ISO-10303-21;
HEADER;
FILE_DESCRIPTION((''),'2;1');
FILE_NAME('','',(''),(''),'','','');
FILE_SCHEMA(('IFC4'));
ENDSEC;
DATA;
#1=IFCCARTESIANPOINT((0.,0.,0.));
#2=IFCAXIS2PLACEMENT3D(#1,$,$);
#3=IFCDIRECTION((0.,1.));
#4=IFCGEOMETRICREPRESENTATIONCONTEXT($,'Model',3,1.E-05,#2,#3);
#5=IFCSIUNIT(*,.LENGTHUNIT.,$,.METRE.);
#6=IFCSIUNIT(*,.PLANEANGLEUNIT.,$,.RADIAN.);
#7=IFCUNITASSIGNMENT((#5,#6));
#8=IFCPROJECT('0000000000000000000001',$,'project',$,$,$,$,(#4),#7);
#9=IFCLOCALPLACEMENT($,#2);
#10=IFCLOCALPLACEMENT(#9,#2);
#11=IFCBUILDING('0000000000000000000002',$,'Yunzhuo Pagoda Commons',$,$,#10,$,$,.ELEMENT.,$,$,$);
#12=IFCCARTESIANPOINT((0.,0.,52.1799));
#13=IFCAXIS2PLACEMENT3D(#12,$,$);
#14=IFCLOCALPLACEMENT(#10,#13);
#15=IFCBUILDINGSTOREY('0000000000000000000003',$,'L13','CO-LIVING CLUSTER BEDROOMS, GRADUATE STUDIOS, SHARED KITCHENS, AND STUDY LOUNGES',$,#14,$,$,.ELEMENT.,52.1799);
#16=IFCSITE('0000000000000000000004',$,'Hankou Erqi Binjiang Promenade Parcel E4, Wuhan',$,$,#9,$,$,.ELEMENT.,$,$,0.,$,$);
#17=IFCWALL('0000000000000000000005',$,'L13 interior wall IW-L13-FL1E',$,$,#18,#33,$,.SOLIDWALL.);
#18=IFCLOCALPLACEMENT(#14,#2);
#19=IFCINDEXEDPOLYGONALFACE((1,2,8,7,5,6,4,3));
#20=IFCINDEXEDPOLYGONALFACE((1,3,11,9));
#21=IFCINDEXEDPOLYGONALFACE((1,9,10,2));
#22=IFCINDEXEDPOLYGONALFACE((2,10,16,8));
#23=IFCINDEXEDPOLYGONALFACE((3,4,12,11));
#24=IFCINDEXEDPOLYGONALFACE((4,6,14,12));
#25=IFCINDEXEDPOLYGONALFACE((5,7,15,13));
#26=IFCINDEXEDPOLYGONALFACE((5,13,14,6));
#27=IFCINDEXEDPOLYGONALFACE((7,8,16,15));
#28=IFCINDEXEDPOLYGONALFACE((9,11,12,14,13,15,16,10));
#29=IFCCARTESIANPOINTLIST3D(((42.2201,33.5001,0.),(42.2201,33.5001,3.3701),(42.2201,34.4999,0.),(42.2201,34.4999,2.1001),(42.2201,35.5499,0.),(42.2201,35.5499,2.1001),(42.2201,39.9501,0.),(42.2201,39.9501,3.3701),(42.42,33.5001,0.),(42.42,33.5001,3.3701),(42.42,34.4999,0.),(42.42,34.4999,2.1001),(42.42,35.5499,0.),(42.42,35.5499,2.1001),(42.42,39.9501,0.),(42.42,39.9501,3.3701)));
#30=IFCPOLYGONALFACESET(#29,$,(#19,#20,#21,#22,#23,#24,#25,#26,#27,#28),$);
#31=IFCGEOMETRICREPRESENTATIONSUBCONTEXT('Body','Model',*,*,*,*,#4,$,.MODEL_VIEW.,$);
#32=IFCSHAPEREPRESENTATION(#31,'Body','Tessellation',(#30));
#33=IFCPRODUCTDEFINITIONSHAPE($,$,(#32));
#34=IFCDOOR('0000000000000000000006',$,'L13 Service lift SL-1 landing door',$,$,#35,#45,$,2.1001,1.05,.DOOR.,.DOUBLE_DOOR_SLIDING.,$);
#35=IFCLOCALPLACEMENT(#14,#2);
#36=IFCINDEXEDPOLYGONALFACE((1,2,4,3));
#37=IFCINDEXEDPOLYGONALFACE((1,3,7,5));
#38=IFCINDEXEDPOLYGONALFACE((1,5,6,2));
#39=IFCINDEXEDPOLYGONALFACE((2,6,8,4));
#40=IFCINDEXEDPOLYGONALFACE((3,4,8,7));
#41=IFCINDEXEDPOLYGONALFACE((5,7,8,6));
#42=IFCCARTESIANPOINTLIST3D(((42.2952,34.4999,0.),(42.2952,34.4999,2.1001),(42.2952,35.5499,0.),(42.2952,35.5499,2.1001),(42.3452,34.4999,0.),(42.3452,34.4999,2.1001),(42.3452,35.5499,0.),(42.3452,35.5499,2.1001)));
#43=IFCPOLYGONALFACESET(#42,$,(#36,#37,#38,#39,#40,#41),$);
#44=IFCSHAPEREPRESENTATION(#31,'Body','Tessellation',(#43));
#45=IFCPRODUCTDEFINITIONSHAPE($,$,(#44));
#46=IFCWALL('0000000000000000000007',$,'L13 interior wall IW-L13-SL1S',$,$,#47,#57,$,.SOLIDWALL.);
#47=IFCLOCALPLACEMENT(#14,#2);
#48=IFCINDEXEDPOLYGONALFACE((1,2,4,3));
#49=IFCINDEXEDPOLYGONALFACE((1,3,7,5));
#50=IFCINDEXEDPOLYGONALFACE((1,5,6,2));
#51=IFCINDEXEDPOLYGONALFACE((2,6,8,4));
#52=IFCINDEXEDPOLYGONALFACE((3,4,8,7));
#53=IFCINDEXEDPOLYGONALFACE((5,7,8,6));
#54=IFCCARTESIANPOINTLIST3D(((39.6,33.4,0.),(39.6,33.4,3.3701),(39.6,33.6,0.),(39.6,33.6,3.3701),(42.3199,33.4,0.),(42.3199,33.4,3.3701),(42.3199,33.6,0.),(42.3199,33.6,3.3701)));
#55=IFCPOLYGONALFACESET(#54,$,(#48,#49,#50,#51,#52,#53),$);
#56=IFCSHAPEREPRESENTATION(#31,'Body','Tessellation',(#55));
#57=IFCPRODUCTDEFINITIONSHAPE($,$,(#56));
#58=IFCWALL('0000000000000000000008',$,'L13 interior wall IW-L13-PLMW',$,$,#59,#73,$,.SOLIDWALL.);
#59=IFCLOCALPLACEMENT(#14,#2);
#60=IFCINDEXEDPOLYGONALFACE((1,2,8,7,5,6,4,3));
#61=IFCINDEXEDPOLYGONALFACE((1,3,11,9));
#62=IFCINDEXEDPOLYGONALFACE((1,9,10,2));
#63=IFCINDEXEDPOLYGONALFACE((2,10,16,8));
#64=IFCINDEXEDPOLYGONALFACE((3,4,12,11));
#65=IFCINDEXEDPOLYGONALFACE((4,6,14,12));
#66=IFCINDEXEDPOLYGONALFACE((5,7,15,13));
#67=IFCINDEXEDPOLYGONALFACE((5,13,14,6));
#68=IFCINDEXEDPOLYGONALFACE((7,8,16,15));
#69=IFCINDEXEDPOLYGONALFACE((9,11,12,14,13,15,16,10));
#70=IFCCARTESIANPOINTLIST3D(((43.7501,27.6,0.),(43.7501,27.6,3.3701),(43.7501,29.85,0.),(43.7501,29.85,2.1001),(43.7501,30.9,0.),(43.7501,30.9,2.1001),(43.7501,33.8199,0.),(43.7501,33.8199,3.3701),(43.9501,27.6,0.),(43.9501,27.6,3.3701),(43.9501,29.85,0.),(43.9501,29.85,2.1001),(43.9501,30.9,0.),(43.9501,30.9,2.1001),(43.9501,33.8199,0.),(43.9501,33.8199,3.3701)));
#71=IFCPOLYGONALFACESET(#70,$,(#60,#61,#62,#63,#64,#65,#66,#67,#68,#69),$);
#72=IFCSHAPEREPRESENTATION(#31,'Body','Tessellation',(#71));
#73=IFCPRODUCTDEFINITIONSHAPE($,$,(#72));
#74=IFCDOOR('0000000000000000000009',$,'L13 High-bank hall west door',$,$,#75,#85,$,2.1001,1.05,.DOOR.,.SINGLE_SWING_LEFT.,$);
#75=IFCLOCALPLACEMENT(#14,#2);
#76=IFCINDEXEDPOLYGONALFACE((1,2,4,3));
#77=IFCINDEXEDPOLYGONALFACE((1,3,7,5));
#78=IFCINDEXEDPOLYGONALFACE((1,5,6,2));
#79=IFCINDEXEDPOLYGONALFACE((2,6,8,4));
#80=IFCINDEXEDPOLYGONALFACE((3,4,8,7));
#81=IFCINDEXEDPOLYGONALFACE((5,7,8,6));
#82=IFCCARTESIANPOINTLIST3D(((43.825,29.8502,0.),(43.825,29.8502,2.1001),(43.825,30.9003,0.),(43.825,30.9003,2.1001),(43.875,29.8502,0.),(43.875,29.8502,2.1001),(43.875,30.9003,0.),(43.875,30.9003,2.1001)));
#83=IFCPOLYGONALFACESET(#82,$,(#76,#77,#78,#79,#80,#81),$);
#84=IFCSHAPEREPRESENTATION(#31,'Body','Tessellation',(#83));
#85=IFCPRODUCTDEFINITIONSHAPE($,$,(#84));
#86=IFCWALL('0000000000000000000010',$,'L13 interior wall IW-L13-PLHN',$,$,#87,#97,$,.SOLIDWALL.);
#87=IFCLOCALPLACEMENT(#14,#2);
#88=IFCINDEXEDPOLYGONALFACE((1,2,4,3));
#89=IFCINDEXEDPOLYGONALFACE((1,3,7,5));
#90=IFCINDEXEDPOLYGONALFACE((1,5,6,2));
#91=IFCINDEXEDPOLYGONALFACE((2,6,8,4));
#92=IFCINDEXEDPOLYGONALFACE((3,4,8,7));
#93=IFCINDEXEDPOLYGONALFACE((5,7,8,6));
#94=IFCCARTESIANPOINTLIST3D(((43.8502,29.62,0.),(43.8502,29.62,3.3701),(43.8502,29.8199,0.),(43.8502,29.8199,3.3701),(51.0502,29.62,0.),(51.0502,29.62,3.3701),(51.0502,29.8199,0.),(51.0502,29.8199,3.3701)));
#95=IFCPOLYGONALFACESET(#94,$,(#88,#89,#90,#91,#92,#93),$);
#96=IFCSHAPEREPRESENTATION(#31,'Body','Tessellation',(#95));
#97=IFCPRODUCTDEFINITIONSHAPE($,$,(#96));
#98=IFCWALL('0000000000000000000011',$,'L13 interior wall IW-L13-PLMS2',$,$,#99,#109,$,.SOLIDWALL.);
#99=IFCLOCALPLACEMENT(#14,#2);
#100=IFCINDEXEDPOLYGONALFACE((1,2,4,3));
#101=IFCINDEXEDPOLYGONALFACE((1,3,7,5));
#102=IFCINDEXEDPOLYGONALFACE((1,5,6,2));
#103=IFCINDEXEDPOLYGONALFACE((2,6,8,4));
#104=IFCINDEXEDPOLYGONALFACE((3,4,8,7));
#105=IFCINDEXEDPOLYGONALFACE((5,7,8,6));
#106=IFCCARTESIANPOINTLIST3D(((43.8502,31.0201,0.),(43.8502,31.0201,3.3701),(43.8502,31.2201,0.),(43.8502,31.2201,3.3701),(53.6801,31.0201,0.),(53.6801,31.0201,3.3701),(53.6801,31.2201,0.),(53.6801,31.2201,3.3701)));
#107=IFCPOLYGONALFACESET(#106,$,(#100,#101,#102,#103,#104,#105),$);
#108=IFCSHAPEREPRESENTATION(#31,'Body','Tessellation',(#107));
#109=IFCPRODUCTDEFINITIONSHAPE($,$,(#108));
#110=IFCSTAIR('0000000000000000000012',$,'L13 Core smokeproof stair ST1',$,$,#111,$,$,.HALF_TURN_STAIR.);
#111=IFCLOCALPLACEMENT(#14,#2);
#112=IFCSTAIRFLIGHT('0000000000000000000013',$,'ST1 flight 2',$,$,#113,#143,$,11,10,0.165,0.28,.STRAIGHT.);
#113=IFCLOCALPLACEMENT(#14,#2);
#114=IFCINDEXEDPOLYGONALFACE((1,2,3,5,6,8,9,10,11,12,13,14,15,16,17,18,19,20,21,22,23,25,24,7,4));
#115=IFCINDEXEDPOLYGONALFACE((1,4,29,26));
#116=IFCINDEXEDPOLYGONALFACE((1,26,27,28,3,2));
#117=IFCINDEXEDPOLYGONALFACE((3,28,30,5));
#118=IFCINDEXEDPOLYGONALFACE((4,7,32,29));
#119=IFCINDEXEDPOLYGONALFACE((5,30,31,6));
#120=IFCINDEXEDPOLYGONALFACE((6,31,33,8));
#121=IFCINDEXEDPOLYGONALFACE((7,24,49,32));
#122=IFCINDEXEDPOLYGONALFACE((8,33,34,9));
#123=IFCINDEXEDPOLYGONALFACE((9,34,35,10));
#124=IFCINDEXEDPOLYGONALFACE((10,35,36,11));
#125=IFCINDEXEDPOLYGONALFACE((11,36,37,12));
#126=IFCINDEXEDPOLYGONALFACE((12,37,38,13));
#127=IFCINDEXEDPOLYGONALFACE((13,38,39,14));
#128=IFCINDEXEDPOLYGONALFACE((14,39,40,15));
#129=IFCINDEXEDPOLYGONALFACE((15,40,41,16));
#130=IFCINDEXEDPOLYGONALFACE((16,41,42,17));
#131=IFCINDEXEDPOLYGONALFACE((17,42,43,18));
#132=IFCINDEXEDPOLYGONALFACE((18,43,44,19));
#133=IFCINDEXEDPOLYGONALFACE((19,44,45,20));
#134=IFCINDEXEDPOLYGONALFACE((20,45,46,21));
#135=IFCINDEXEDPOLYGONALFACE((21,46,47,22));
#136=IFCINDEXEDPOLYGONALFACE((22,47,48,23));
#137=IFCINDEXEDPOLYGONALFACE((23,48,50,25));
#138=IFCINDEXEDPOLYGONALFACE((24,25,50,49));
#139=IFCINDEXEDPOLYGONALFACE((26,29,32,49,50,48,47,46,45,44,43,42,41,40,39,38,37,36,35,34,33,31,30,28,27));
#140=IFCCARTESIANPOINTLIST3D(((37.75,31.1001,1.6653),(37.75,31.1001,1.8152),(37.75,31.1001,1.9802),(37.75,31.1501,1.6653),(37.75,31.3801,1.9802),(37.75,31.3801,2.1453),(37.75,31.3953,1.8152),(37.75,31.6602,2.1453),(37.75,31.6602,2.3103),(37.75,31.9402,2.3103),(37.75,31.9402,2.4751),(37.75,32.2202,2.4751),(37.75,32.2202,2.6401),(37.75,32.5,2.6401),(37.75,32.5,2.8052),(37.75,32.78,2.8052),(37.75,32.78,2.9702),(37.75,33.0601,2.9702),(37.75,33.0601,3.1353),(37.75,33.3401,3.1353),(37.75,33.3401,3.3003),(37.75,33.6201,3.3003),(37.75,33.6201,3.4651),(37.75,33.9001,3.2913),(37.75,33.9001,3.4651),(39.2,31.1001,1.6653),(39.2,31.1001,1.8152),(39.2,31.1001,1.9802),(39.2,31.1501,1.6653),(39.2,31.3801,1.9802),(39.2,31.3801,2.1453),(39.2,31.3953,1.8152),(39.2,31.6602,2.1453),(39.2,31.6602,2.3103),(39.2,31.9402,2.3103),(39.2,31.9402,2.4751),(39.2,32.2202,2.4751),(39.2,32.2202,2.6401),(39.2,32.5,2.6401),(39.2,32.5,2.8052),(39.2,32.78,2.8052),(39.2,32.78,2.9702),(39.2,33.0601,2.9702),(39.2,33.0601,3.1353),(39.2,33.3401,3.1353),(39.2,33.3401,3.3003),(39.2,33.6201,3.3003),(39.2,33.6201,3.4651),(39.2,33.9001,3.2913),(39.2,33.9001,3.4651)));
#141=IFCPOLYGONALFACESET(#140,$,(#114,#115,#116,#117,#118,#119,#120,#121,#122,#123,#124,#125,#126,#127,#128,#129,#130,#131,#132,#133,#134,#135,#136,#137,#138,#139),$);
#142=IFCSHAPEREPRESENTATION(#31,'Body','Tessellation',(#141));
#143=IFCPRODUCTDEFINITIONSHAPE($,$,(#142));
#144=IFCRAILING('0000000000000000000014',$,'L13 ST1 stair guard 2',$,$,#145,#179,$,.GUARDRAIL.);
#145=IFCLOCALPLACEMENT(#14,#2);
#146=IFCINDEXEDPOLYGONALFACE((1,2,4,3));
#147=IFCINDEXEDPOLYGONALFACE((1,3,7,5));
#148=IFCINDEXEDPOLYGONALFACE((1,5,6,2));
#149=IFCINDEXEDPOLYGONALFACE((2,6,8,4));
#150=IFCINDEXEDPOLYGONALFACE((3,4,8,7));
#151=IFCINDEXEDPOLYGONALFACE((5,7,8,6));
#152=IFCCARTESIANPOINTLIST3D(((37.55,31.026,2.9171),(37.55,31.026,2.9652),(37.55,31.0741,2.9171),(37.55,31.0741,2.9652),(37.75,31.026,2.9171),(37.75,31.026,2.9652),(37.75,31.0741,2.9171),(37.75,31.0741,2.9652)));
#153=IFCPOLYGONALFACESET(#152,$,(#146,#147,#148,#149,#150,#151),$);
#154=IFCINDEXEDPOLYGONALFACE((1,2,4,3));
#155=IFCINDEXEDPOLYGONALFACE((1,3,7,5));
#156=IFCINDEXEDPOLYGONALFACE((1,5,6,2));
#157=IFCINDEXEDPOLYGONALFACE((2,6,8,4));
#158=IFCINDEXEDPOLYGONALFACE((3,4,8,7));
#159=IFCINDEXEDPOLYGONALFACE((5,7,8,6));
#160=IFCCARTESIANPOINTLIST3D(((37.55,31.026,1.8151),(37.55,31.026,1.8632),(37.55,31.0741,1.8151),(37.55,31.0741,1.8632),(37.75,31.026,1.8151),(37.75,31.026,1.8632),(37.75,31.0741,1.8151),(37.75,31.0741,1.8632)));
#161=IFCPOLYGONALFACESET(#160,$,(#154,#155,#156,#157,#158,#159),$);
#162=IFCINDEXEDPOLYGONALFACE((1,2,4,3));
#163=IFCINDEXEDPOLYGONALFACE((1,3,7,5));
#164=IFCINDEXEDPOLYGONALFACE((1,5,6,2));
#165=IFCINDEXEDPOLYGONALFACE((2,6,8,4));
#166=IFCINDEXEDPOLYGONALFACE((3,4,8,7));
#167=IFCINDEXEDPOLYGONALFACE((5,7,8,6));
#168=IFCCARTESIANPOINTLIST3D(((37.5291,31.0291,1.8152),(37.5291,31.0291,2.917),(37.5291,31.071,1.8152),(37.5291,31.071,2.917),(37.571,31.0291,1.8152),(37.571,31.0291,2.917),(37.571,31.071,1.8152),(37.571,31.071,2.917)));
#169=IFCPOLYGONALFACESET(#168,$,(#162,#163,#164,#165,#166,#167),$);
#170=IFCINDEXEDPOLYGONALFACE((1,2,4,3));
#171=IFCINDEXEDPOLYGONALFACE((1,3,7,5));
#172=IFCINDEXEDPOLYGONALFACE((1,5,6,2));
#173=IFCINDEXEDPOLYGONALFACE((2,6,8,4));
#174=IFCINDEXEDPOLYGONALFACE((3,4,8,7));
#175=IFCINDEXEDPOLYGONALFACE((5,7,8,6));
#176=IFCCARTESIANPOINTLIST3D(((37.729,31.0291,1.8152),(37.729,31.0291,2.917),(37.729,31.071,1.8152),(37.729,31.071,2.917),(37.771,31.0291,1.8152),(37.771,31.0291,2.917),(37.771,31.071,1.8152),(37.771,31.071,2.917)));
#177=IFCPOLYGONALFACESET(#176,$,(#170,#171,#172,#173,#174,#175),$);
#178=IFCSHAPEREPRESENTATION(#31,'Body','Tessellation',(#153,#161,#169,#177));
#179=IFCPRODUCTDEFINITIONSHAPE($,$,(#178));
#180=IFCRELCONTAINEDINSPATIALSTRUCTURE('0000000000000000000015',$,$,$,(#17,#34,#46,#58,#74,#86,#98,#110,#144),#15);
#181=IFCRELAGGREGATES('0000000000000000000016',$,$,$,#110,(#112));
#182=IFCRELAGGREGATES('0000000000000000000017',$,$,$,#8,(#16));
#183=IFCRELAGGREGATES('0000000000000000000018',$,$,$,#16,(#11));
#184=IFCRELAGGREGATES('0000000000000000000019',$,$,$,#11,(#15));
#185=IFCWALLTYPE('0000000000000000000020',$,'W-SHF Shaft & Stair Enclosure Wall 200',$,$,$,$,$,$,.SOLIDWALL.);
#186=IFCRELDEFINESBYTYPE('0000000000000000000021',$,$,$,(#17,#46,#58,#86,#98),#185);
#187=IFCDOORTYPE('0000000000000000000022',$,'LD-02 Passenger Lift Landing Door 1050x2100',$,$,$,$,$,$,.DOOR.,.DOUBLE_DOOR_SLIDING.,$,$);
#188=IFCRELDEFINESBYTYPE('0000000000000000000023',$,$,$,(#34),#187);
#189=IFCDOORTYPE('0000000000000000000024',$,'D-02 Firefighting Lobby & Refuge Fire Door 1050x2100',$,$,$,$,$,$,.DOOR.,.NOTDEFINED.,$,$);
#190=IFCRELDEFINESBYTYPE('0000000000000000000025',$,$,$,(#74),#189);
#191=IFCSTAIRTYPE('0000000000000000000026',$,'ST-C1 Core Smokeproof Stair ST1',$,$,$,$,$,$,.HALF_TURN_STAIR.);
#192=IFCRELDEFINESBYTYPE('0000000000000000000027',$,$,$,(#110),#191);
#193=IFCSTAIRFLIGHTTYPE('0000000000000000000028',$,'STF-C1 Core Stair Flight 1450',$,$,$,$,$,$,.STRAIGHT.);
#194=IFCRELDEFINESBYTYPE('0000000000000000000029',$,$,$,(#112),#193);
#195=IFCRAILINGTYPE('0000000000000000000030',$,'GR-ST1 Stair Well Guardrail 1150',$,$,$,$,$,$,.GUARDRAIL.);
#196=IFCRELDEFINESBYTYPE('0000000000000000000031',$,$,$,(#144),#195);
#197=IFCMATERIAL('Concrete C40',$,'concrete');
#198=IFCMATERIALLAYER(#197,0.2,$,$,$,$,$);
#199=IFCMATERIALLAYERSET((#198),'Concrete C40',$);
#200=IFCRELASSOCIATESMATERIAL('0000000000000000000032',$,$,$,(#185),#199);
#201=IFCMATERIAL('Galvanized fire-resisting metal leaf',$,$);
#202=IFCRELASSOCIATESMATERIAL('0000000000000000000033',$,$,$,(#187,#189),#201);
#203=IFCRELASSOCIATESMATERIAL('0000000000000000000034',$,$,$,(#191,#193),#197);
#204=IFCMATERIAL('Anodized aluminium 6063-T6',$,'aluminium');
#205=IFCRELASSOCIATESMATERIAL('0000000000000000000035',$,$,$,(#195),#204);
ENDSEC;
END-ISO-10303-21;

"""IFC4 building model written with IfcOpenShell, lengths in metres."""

from ifc_helpers import new_model, si_unit, direction, frame, frame_2d, origin, origin_with_axes, origin_2d, place, context, subcontext, project, spatial, polyline, rectangle, outline, extrude, source, transform, mapped, material, layer, layer_set, type_object, element, fill, aggregate, save


model = new_model("IFC4")

# Units and contexts
model_context = context("Model", 3, precision=1e-05, world=origin(), true_north=direction((0.0, 1.0)))
body_context = subcontext(model_context, "Body", "Model", "MODEL_VIEW")
ifc_project = project(units=[si_unit("LENGTHUNIT", "METRE"), si_unit("PLANEANGLEUNIT", "RADIAN")], contexts=[model_context])

# Site, building, storey
site_placement = place(None, origin())
site = spatial("IfcSite", under=ifc_project, at=site_placement, Name="Hankou Erqi Binjiang Promenade Parcel E4, Wuhan", CompositionType="ELEMENT", RefElevation=0.0)
building_placement = place(site_placement, origin())
building = spatial("IfcBuilding", under=site, at=building_placement, Name="Yunzhuo Pagoda Commons", CompositionType="ELEMENT")
storey_placement = place(building_placement, frame((0.0, 0.0, 52.1799)))
storey = spatial("IfcBuildingStorey", under=building, at=storey_placement, Name="L13", Description="CO-LIVING CLUSTER BEDROOMS, GRADUATE STUDIOS, SHARED KITCHENS, AND STUDY LOUNGES", CompositionType="ELEMENT", Elevation=52.1799)

# Shared definitions
ifc_material_1 = material(Name="Galvanized fire-resisting metal leaf")

# Wall, opening, door
ifc_material_2 = material(Name="Concrete C40", Category="concrete")
ifc_layer_1 = layer(ifc_material_2, 0.2)
ifc_layer_set_1 = layer_set([ifc_layer_1], Name="Concrete C40")
wall_type_1 = type_object("IfcWallType", Name="W-SHF Shaft & Stair Enclosure Wall 200", PredefinedType="SOLIDWALL", material=ifc_layer_set_1)
wall_1_placement = place(storey_placement, frame((42.3201, 33.5, 0.0), z_axis=(0.0, 0.0, 1.0), x_axis=(0.0, 1.0, 0.0)))
wall_1 = element("IfcWall", 1, at=wall_1_placement, inside=storey, type_object=wall_type_1, Name="L13 interior wall IW-L13-FL1E", PredefinedType="SOLIDWALL", context=body_context, shape_type="SweptSolid", body=[
    extrude(rectangle(XDim=6.45, YDim=0.2, at=frame_2d((3.2251, 0.0))), origin(), (0.0, 0.0, 1.0), 3.3701),
])
opening_1_placement = place(wall_1_placement, frame((1.0, 0.0, 0.0)))
opening_1 = element("IfcOpeningElement", 2, at=opening_1_placement, cuts=wall_1, PredefinedType="OPENING", context=body_context, shape_type="SweptSolid", body=[
    extrude(rectangle(XDim=1.05, YDim=2.1001, at=frame_2d((0.5249, 1.05))), frame((0.0, 0.1099, 0.0), z_axis=(0.0, -1.0, 0.0), x_axis=(1.0, 0.0, 0.0)), (0.0, 0.0, 1.0), 0.22),
])
door_type_1 = type_object("IfcDoorType", Name="LD-02 Passenger Lift Landing Door 1050x2100", OperationType="DOUBLE_DOOR_SLIDING", PredefinedType="DOOR", material=ifc_material_1)
shared_shape_1 = source(origin(), body_context, "Body", "SweptSolid", [
    extrude(rectangle(XDim=1.05, YDim=2.1001, at=frame_2d((0.5249, 1.05))), frame((0.0, 0.0249, 0.0), z_axis=(0.0, -1.0, 0.0), x_axis=(1.0, 0.0, 0.0)), (0.0, 0.0, 1.0), 0.05),
])
door_1_placement = place(opening_1_placement, origin_with_axes())
door_1 = element("IfcDoor", 3, at=door_1_placement, inside=storey, type_object=door_type_1, Name="L13 Service lift SL-1 landing door", OperationType="DOUBLE_DOOR_SLIDING", OverallHeight=2.1001, OverallWidth=1.05, PredefinedType="DOOR", context=body_context, shape_type="MappedRepresentation", body=[
    mapped(shared_shape_1, transform((0.0, 0.0, 0.0), scale=1.0)),
])
fill(opening_1, door_1)

# Wall
wall_2_placement = place(storey_placement, frame((39.6001, 33.5, 0.0), z_axis=(0.0, 0.0, 1.0), x_axis=(1.0, 0.0, 0.0)))
element("IfcWall", 4, at=wall_2_placement, inside=storey, type_object=wall_type_1, Name="L13 interior wall IW-L13-SL1S", PredefinedType="SOLIDWALL", context=body_context, shape_type="SweptSolid", body=[
    extrude(rectangle(XDim=2.72, YDim=0.2, at=frame_2d((1.3599, 0.0))), origin(), (0.0, 0.0, 1.0), 3.3701),
])

# Wall, opening, door
wall_3_placement = place(storey_placement, frame((43.8501, 27.6001, 0.0), z_axis=(0.0, 0.0, 1.0), x_axis=(0.0, 1.0, 0.0)))
wall_3 = element("IfcWall", 5, at=wall_3_placement, inside=storey, type_object=wall_type_1, Name="L13 interior wall IW-L13-PLMW", PredefinedType="SOLIDWALL", context=body_context, shape_type="SweptSolid", body=[
    extrude(rectangle(XDim=6.22, YDim=0.2, at=frame_2d((3.1099, 0.0))), origin(), (0.0, 0.0, 1.0), 3.3701),
])
opening_2_placement = place(wall_3_placement, frame((2.25, 0.0, 0.0)))
opening_2 = element("IfcOpeningElement", 6, at=opening_2_placement, cuts=wall_3, PredefinedType="OPENING", context=body_context, shape_type="SweptSolid", body=[
    extrude(rectangle(XDim=1.05, YDim=2.1001, at=frame_2d((0.5249, 1.05))), frame((0.0, 0.1099, 0.0), z_axis=(0.0, -1.0, 0.0), x_axis=(1.0, 0.0, 0.0)), (0.0, 0.0, 1.0), 0.22),
])
door_type_2 = type_object("IfcDoorType", Name="D-02 Firefighting Lobby & Refuge Fire Door 1050x2100", OperationType="NOTDEFINED", PredefinedType="DOOR", material=ifc_material_1)
door_2_placement = place(opening_2_placement, frame((1.05, 0.0, 0.0), z_axis=(0.0, 0.0, 1.0), x_axis=(-1.0, 0.0, 0.0)))
door_2 = element("IfcDoor", 7, at=door_2_placement, inside=storey, type_object=door_type_2, Name="L13 High-bank hall west door", OperationType="SINGLE_SWING_LEFT", OverallHeight=2.1001, OverallWidth=1.05, PredefinedType="DOOR", context=body_context, shape_type="MappedRepresentation", body=[
    mapped(shared_shape_1, transform((0.0, 0.0, 0.0), scale=1.0)),
])
fill(opening_2, door_2)

# Walls
wall_4_placement = place(storey_placement, frame((43.8501, 29.72, 0.0), z_axis=(0.0, 0.0, 1.0), x_axis=(1.0, 0.0, 0.0)))
element("IfcWall", 8, at=wall_4_placement, inside=storey, type_object=wall_type_1, Name="L13 interior wall IW-L13-PLHN", PredefinedType="SOLIDWALL", context=body_context, shape_type="SweptSolid", body=[
    extrude(rectangle(XDim=7.2, YDim=0.2, at=frame_2d((3.6001, 0.0))), origin(), (0.0, 0.0, 1.0), 3.3701),
])
wall_5_placement = place(storey_placement, frame((43.8501, 31.1201, 0.0), z_axis=(0.0, 0.0, 1.0), x_axis=(1.0, 0.0, 0.0)))
element("IfcWall", 9, at=wall_5_placement, inside=storey, type_object=wall_type_1, Name="L13 interior wall IW-L13-PLMS2", PredefinedType="SOLIDWALL", context=body_context, shape_type="SweptSolid", body=[
    extrude(rectangle(XDim=9.8298, YDim=0.2, at=frame_2d((4.915, 0.0))), origin(), (0.0, 0.0, 1.0), 3.3701),
])

# Stair, stair flight
stair_type = type_object("IfcStairType", Name="ST-C1 Core Smokeproof Stair ST1", PredefinedType="HALF_TURN_STAIR", material=ifc_material_2)
stair_placement = place(storey_placement, origin())
stair = element("IfcStair", 10, at=stair_placement, inside=storey, type_object=stair_type, Name="L13 Core smokeproof stair ST1", PredefinedType="HALF_TURN_STAIR")
stair_flight_type = type_object("IfcStairFlightType", Name="STF-C1 Core Stair Flight 1450", PredefinedType="STRAIGHT", material=ifc_material_2)
shared_shape_2 = source(origin(), body_context, "Body", "SweptSolid", [
    extrude(outline(polyline([(0.0, -0.1499), (0.0, 0.0), (0.0, 0.165), (0.28, 0.165), (0.28, 0.3301), (0.5601, 0.3301), (0.5601, 0.4951), (0.8401, 0.4951), (0.8401, 0.6599), (1.1201, 0.6599), (1.1201, 0.825), (1.3999, 0.825), (1.3999, 0.99), (1.6799, 0.99), (1.6799, 1.155), (1.96, 1.155), (1.96, 1.3201), (2.24, 1.3201), (2.24, 1.4851), (2.52, 1.4851), (2.52, 1.6499), (2.8, 1.6499), (2.8, 1.8149), (2.8, 1.4761), (0.2952, 0.0), (0.05, -0.1499), (0.0, -0.1499)])), frame((0.0, 0.7251, 0.0), z_axis=(0.0, -1.0, 0.0), x_axis=(1.0, 0.0, 0.0)), (0.0, 0.0, 1.0), 1.45),
])
stair_flight_placement = place(storey_placement, frame((38.4751, 31.1001, 1.8152), z_axis=(0.0, 0.0, 1.0), x_axis=(0.0, 1.0, 0.0)))
stair_flight = element("IfcStairFlight", 11, at=stair_flight_placement, type_object=stair_flight_type, Name="ST1 flight 2", NumberOfRisers=11, NumberOfTreads=10, PredefinedType="STRAIGHT", RiserHeight=0.165, TreadLength=0.28, context=body_context, shape_type="MappedRepresentation", body=[
    mapped(shared_shape_2, transform((0.0, 0.0, 0.0), scale=1.0)),
])
aggregate(stair, [stair_flight])

# Railing
ifc_material_3 = material(Name="Anodized aluminium 6063-T6", Category="aluminium")
railing_type_1 = type_object("IfcRailingType", Name="GR-ST1 Stair Well Guardrail 1150", PredefinedType="GUARDRAIL", material=ifc_material_3)
railing_1_placement = place(storey_placement, frame((37.55, 31.05, 1.8152)))
element("IfcRailing", 12, at=railing_1_placement, inside=storey, type_object=railing_type_1, Name="L13 ST1 stair guard 2", PredefinedType="GUARDRAIL", context=body_context, shape_type="SweptSolid", body=[
    extrude(rectangle(XDim=0.0481, YDim=0.0481, at=origin_2d()), frame((0.0, 0.0, 1.126), z_axis=(1.0, 0.0, 0.0), x_axis=(0.0, 1.0, 0.0)), (0.0, 0.0, 1.0), 0.2),
    extrude(rectangle(XDim=0.0481, YDim=0.0481, at=origin_2d()), frame((0.0, 0.0, 0.0239), z_axis=(1.0, 0.0, 0.0), x_axis=(0.0, 1.0, 0.0)), (0.0, 0.0, 1.0), 0.2),
    extrude(rectangle(XDim=0.042, YDim=0.042, at=origin_2d()), origin(), (0.0, 0.0, 1.0), 1.1018),
    extrude(rectangle(XDim=0.042, YDim=0.042, at=origin_2d()), frame((0.2, 0.0, 0.0)), (0.0, 0.0, 1.0), 1.1018),
])

save(model, "model.ifc")
